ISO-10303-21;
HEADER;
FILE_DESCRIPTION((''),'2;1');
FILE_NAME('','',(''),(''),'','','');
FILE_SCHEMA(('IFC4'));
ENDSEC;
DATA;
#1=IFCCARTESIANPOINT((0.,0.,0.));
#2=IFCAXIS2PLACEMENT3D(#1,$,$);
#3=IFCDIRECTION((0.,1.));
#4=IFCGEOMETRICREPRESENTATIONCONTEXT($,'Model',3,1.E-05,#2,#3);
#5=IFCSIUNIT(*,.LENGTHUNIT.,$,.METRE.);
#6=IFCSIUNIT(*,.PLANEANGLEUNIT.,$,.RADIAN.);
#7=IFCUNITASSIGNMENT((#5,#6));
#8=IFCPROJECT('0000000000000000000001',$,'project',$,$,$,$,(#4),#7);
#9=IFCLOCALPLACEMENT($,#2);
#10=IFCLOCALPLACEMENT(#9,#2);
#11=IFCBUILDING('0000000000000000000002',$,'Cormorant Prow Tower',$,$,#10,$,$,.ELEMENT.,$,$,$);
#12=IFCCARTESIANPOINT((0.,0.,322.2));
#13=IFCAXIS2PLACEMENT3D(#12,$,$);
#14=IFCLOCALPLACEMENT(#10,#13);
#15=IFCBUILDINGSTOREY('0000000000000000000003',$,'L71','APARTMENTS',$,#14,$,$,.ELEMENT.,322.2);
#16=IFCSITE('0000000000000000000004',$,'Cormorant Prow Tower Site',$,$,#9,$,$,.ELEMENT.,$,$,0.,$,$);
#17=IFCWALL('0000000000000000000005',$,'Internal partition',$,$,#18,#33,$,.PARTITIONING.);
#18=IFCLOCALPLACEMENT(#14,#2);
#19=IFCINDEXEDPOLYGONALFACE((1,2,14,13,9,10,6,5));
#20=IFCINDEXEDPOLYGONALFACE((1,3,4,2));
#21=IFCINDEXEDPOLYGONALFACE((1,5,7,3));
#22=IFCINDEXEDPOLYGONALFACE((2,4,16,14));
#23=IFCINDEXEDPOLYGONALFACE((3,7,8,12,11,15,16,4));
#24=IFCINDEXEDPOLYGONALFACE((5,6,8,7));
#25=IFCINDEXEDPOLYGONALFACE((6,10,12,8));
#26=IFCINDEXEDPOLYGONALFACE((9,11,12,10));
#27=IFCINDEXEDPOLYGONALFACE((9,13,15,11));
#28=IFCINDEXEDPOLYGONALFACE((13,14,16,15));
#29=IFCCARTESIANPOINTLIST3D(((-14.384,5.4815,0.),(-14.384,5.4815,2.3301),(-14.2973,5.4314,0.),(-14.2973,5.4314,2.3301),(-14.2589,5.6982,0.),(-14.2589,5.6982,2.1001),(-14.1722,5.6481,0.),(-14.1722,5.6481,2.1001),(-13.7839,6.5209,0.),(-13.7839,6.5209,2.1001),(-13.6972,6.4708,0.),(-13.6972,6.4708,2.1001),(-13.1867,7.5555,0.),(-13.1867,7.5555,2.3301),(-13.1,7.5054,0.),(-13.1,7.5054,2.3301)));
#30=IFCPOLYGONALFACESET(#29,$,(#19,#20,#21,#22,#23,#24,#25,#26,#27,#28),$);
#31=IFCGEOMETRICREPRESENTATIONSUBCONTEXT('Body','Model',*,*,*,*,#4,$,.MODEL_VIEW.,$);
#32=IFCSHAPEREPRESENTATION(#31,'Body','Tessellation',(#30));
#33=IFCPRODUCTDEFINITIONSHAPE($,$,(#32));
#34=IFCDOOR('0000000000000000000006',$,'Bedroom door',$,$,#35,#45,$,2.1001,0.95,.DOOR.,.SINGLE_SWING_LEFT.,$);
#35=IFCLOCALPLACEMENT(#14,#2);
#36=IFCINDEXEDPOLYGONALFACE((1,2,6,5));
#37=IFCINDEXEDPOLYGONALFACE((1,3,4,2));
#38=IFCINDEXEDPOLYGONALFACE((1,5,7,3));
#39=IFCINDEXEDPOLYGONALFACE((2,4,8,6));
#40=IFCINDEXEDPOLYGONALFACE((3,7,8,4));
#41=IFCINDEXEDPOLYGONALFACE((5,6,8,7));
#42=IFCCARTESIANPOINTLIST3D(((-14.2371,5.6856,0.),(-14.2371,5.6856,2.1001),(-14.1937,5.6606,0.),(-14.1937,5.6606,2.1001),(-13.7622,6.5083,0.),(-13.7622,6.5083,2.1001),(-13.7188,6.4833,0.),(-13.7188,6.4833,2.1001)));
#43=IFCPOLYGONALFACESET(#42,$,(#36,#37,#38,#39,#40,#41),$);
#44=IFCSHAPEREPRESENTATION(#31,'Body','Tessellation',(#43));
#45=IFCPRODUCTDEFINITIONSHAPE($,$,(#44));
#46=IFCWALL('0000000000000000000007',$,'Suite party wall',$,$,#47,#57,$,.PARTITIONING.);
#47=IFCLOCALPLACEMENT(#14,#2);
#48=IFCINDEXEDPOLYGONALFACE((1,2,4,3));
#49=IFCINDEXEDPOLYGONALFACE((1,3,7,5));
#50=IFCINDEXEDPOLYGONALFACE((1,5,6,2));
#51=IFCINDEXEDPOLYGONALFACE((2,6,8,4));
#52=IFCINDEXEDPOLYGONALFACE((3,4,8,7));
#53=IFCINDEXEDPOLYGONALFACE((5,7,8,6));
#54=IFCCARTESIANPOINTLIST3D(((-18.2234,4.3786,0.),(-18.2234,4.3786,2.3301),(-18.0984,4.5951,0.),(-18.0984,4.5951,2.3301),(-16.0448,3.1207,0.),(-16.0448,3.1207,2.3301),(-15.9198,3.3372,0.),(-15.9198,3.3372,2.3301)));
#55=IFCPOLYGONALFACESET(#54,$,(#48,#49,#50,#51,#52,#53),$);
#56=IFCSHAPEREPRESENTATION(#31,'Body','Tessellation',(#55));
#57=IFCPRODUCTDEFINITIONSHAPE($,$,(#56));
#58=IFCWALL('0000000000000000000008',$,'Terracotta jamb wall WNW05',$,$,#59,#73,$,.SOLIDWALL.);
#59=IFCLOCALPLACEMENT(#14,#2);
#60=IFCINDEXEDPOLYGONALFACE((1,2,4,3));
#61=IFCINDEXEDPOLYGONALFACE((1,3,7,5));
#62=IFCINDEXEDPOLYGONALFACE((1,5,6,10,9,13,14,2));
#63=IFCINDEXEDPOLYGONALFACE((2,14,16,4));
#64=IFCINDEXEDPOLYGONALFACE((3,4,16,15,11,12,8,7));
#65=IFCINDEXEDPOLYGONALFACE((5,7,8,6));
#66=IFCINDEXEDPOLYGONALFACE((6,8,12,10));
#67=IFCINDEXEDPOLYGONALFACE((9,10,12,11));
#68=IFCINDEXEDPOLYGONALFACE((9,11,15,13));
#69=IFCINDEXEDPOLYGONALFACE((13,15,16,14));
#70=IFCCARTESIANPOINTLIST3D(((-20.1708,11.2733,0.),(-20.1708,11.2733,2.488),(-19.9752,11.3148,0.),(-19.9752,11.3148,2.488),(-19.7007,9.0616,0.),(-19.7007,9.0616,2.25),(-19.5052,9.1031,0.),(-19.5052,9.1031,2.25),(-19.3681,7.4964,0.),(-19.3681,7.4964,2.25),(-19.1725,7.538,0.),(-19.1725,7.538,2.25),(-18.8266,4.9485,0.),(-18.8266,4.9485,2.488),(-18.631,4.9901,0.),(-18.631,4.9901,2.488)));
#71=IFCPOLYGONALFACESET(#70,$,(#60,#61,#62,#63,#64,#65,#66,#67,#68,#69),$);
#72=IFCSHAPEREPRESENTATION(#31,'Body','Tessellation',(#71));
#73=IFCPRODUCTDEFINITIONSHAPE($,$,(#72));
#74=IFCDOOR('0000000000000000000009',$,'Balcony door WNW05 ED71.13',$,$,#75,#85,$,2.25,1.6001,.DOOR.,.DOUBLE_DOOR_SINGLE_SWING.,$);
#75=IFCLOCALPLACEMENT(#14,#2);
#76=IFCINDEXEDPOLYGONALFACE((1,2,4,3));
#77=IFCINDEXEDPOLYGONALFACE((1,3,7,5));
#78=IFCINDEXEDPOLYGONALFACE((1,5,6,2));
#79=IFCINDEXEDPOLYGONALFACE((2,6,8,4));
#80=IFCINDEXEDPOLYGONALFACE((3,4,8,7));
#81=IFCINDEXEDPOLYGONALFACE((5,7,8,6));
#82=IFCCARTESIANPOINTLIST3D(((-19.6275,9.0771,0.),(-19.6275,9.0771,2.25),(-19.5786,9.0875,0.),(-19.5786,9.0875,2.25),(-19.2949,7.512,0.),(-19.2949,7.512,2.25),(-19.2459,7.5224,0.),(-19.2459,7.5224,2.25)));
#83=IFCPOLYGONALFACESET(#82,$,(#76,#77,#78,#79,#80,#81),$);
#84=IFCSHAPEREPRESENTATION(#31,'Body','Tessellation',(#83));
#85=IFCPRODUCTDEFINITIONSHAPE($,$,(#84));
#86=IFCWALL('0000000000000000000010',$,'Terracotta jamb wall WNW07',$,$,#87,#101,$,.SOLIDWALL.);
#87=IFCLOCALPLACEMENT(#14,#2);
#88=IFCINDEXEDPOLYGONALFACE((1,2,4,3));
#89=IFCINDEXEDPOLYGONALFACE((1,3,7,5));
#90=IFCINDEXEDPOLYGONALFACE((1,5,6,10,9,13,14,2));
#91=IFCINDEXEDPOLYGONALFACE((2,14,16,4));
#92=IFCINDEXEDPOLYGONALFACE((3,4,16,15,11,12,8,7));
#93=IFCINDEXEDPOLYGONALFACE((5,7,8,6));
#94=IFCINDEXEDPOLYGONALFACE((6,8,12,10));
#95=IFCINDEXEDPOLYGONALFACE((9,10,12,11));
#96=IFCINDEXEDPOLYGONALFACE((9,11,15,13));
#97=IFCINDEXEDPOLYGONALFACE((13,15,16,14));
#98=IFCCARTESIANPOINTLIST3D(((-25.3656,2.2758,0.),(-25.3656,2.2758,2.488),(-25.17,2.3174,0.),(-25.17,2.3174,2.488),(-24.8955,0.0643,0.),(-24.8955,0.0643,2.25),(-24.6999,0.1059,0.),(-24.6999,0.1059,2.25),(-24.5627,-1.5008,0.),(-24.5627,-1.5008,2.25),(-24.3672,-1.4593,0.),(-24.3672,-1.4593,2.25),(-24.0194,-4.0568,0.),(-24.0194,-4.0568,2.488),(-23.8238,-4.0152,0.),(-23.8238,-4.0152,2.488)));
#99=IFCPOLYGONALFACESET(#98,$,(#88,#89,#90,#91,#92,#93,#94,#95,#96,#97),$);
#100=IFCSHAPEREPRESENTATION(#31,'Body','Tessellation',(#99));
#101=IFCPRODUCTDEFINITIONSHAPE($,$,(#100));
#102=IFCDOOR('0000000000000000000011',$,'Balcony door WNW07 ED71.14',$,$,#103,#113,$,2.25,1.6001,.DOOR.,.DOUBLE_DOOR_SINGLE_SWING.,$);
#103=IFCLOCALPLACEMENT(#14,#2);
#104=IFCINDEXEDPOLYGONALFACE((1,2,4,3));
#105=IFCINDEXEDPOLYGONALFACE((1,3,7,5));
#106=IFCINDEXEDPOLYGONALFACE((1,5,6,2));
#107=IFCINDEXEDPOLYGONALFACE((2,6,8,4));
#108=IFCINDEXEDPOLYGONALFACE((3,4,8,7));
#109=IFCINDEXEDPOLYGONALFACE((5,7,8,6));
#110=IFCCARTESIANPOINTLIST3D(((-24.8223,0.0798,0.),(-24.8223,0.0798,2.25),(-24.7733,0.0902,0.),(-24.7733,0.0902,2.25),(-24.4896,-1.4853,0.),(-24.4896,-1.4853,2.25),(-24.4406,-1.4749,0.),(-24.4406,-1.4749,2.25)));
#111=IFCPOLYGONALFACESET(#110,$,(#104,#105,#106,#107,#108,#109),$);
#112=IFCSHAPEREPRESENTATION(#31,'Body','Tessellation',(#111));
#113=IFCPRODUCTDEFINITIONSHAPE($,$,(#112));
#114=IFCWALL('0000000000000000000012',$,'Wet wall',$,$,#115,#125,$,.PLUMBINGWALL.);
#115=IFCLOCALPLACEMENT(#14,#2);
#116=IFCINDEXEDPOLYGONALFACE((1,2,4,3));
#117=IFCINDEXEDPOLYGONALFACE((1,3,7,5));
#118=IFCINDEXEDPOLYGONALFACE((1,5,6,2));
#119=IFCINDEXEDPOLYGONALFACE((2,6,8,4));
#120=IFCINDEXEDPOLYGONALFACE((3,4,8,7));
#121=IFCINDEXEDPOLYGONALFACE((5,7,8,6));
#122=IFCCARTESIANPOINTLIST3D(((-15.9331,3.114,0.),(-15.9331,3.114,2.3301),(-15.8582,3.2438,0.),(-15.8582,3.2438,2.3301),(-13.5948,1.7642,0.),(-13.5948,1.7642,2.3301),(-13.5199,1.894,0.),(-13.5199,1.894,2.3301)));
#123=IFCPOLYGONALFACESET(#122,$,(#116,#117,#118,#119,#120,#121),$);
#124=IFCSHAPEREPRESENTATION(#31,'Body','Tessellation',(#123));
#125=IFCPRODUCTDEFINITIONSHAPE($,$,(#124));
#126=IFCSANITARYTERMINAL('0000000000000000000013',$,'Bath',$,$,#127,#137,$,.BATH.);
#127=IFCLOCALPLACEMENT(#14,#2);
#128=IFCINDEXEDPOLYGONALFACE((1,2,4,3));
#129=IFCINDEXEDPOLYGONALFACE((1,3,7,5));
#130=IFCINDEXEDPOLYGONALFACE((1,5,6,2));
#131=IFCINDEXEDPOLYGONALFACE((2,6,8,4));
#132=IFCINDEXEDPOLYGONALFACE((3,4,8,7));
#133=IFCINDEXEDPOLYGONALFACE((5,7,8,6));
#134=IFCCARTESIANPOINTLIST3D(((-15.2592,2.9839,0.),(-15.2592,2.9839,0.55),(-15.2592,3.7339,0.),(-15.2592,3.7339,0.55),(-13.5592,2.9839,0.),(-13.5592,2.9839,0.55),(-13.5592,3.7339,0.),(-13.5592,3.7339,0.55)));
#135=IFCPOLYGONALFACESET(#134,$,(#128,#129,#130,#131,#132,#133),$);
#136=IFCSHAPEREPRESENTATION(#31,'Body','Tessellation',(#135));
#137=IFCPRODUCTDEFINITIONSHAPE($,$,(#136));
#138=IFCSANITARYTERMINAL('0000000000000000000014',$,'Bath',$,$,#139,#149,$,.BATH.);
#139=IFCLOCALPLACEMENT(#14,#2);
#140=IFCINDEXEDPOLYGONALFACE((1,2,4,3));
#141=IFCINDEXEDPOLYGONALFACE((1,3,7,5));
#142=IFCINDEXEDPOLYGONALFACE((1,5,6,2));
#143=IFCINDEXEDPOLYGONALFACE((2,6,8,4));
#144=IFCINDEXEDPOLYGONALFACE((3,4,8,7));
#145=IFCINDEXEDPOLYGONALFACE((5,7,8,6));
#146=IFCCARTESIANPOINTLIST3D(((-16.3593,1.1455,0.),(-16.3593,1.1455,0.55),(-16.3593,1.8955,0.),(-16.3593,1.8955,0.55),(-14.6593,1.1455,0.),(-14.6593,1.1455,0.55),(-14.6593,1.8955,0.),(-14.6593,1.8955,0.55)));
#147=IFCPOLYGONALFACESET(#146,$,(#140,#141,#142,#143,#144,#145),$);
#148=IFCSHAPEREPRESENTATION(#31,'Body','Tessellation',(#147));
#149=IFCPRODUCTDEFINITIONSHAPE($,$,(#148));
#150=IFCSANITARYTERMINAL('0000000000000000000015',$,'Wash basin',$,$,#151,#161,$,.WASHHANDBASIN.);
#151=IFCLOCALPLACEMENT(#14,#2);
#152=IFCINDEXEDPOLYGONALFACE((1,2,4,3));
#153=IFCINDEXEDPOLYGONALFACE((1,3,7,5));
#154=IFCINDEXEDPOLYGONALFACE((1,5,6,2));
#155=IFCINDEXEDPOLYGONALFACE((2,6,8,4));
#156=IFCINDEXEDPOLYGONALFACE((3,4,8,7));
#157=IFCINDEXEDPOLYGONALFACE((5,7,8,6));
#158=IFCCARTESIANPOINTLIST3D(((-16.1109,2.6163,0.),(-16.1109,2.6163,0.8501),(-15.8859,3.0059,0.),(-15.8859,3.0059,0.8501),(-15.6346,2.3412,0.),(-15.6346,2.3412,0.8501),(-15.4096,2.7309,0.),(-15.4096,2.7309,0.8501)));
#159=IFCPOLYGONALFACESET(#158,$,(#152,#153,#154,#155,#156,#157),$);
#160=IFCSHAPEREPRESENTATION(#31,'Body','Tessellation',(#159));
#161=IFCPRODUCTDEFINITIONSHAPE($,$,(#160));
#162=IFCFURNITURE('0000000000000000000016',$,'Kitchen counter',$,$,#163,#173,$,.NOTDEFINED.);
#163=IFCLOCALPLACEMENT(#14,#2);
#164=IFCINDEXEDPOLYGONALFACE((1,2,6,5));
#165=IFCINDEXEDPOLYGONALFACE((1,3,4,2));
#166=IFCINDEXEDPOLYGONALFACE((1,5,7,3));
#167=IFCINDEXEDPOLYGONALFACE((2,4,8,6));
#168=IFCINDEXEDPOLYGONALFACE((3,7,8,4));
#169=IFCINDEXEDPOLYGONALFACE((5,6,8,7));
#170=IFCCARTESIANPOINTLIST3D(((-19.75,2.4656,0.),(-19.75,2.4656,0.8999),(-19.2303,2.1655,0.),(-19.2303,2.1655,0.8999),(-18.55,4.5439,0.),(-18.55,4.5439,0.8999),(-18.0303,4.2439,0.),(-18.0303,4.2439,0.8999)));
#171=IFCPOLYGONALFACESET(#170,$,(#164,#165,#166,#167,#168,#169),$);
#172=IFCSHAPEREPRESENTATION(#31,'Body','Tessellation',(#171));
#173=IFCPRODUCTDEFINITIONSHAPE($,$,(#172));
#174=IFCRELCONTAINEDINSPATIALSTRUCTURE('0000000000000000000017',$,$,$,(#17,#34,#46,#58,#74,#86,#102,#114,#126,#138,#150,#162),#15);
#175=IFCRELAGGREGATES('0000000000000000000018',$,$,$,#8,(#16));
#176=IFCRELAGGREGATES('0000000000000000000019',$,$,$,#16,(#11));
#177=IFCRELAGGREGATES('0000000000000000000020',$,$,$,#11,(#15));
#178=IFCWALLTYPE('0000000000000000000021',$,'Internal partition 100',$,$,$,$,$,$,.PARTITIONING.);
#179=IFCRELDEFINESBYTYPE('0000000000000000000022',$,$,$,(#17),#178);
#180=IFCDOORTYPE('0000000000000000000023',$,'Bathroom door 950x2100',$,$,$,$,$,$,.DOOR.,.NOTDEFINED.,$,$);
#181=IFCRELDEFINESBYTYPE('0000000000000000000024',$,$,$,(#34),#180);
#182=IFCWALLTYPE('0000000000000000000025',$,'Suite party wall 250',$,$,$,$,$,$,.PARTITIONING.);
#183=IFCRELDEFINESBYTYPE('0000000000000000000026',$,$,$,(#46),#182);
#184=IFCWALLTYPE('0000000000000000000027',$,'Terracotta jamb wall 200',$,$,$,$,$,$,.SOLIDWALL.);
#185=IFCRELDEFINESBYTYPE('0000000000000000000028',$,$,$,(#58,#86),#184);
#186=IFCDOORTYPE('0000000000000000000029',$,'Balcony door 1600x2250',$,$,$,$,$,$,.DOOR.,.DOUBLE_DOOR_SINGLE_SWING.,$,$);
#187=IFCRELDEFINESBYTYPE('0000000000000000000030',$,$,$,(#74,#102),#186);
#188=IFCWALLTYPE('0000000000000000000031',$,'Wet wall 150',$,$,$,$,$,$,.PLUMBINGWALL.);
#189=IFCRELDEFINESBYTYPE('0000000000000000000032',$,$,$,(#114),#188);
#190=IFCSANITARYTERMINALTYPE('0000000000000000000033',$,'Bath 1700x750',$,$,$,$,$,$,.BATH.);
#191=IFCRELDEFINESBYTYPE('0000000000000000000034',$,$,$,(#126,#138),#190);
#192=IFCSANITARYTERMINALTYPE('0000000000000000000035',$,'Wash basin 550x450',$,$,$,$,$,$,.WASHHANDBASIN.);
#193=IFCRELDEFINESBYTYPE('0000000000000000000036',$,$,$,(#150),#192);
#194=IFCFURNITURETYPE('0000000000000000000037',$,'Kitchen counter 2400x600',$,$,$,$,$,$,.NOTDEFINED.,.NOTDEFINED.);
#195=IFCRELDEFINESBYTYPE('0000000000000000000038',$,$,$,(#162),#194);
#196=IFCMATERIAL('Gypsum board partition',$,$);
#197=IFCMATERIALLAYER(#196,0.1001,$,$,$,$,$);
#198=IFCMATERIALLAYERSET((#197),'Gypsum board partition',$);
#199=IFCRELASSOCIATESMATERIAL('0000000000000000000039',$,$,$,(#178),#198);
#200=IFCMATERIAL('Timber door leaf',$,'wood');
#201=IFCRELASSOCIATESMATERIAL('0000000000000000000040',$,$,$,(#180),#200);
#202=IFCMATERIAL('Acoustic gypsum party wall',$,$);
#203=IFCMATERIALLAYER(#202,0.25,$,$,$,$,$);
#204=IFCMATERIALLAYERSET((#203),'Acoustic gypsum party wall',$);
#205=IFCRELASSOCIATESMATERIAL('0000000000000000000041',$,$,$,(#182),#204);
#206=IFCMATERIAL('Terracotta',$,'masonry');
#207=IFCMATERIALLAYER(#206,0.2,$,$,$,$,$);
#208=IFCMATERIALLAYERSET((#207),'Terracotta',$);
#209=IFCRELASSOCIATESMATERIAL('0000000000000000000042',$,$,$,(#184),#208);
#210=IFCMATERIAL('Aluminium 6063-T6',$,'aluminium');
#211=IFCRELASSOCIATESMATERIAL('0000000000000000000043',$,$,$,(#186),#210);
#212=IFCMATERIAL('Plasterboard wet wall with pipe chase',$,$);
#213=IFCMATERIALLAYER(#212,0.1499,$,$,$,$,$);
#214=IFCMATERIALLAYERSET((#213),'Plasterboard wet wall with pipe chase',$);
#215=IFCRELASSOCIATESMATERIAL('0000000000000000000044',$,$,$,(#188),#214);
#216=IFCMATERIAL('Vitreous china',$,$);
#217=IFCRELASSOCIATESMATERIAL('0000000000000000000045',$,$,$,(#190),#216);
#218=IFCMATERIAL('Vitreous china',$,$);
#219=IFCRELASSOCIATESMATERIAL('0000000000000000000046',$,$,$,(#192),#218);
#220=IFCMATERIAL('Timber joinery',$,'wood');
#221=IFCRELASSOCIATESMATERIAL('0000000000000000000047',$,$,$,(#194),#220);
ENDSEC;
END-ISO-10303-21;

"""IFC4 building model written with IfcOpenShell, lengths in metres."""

from ifc_helpers import new_model, si_unit, direction, frame, frame_2d, origin, origin_2d, place, context, subcontext, project, spatial, rectangle, extrude, material, layer, layer_set, type_object, element, fill, save


model = new_model("IFC4")

# Units and contexts
model_context = context("Model", 3, precision=1e-05, world=origin(), true_north=direction((0.0, 1.0)))
body_context = subcontext(model_context, "Body", "Model", "MODEL_VIEW")
ifc_project = project(units=[si_unit("LENGTHUNIT", "METRE"), si_unit("PLANEANGLEUNIT", "RADIAN")], contexts=[model_context])

# Site, building, storey
site_placement = place(None, origin())
site = spatial("IfcSite", under=ifc_project, at=site_placement, Name="Cormorant Prow Tower Site", CompositionType="ELEMENT", RefElevation=0.0)
building_placement = place(site_placement, origin())
building = spatial("IfcBuilding", under=site, at=building_placement, Name="Cormorant Prow Tower", CompositionType="ELEMENT")
storey_placement = place(building_placement, frame((0.0, 0.0, 322.2)))
storey = spatial("IfcBuildingStorey", under=building, at=storey_placement, Name="L71", Description="APARTMENTS", CompositionType="ELEMENT", Elevation=322.2)

# Shared definitions
ifc_material_1 = material(Name="Gypsum board partition")
ifc_layer_1 = layer(ifc_material_1, 0.1001)
ifc_layer_set_1 = layer_set([ifc_layer_1], Name="Gypsum board partition")
wall_type_1 = type_object("IfcWallType", Name="Internal partition 100", PredefinedType="PARTITIONING", material=ifc_layer_set_1)
ifc_material_2 = material(Name="Timber door leaf", Category="wood")
door_type_1 = type_object("IfcDoorType", Name="Bathroom door 950x2100", OperationType="NOTDEFINED", PredefinedType="DOOR", material=ifc_material_2)

# Wall, opening, door
wall_1_placement = place(storey_placement, frame((-14.3406, 5.4565, 0.0), z_axis=(0.0, 0.0, 1.0), x_axis=(0.499955, 0.866051, 0.0)))
wall_1 = element("IfcWall", 1, at=wall_1_placement, inside=storey, type_object=wall_type_1, Name="Internal partition", PredefinedType="PARTITIONING", context=body_context, shape_type="SweptSolid", body=[
    extrude(rectangle(XDim=2.3948, YDim=0.1001, at=frame_2d((1.1973, 0.0))), origin(), (0.0, 0.0, 1.0), 2.3301),
])
opening_1_placement = place(wall_1_placement, frame((0.25, 0.0, 0.0)))
opening_1 = element("IfcOpeningElement", 2, at=opening_1_placement, cuts=wall_1, PredefinedType="OPENING", context=body_context, shape_type="SweptSolid", body=[
    extrude(rectangle(XDim=0.95, YDim=2.1001, at=frame_2d((0.4751, 1.05))), frame((0.0, 0.0601, 0.0), z_axis=(0.0, -1.0, 0.0), x_axis=(1.0, 0.0, 0.0)), (0.0, 0.0, 1.0), 0.1201),
])
door_1_placement = place(opening_1_placement, origin())
door_1 = element("IfcDoor", 3, at=door_1_placement, inside=storey, type_object=door_type_1, Name="Bedroom door", OperationType="SINGLE_SWING_LEFT", OverallHeight=2.1001, OverallWidth=0.95, PredefinedType="DOOR", context=body_context, shape_type="SweptSolid", body=[
    extrude(rectangle(XDim=0.95, YDim=2.1001, at=frame_2d((0.4751, 1.05))), frame((0.0, 0.0249, 0.0), z_axis=(0.0, -1.0, 0.0), x_axis=(1.0, 0.0, 0.0)), (0.0, 0.0, 1.0), 0.05),
])
fill(opening_1, door_1)

# Wall
ifc_material_3 = material(Name="Acoustic gypsum party wall")
ifc_layer_2 = layer(ifc_material_3, 0.25)
ifc_layer_set_2 = layer_set([ifc_layer_2], Name="Acoustic gypsum party wall")
wall_type_2 = type_object("IfcWallType", Name="Suite party wall 250", PredefinedType="PARTITIONING", material=ifc_layer_set_2)
wall_2_placement = place(storey_placement, frame((-18.1609, 4.4868, 0.0), z_axis=(0.0, 0.0, 1.0), x_axis=(0.866013, -0.500022, 0.0)))
element("IfcWall", 4, at=wall_2_placement, inside=storey, type_object=wall_type_2, Name="Suite party wall", PredefinedType="PARTITIONING", context=body_context, shape_type="SweptSolid", body=[
    extrude(rectangle(XDim=2.5156, YDim=0.25, at=frame_2d((1.2578, 0.0))), origin(), (0.0, 0.0, 1.0), 2.3301),
])

# Walls, openings, doors
ifc_material_4 = material(Name="Terracotta", Category="masonry")
ifc_layer_3 = layer(ifc_material_4, 0.2)
ifc_layer_set_3 = layer_set([ifc_layer_3], Name="Terracotta")
wall_type_3 = type_object("IfcWallType", Name="Terracotta jamb wall 200", PredefinedType="SOLIDWALL", material=ifc_layer_set_3)
wall_3_placement = place(storey_placement, frame((-20.073, 11.2939, 0.0), z_axis=(0.0, 0.0, 1.0), x_axis=(0.207894, -0.978151, 0.0)))
wall_3 = element("IfcWall", 5, at=wall_3_placement, inside=storey, type_object=wall_type_3, Name="Terracotta jamb wall WNW05", PredefinedType="SOLIDWALL", context=body_context, shape_type="SweptSolid", body=[
    extrude(rectangle(XDim=6.4661, YDim=0.2, at=frame_2d((3.2329, 0.0))), origin(), (0.0, 0.0, 1.0), 2.488),
])
opening_2_placement = place(wall_3_placement, frame((2.261, 0.0, 0.0)))
opening_2 = element("IfcOpeningElement", 6, at=opening_2_placement, cuts=wall_3, PredefinedType="OPENING", context=body_context, shape_type="SweptSolid", body=[
    extrude(rectangle(XDim=1.6001, YDim=2.25, at=frame_2d((0.8, 1.125))), frame((0.0, 0.1099, 0.0), z_axis=(0.0, -1.0, 0.0), x_axis=(1.0, 0.0, 0.0)), (0.0, 0.0, 1.0), 0.22),
])
ifc_material_5 = material(Name="Aluminium 6063-T6", Category="aluminium")
door_type_2 = type_object("IfcDoorType", Name="Balcony door 1600x2250", OperationType="DOUBLE_DOOR_SINGLE_SWING", PredefinedType="DOOR", material=ifc_material_5)
door_2_placement = place(opening_2_placement, origin())
door_2 = element("IfcDoor", 7, at=door_2_placement, inside=storey, type_object=door_type_2, Name="Balcony door WNW05 ED71.13", OperationType="DOUBLE_DOOR_SINGLE_SWING", OverallHeight=2.25, OverallWidth=1.6001, PredefinedType="DOOR", context=body_context, shape_type="SweptSolid", body=[
    extrude(rectangle(XDim=1.6001, YDim=2.25, at=frame_2d((0.8, 1.125))), frame((0.0, 0.0249, 0.0), z_axis=(0.0, -1.0, 0.0), x_axis=(1.0, 0.0, 0.0)), (0.0, 0.0, 1.0), 0.05),
])
fill(opening_2, door_2)
wall_4_placement = place(storey_placement, frame((-25.2678, 2.2966, 0.0), z_axis=(0.0, 0.0, 1.0), x_axis=(0.207937, -0.978142, 0.0)))
wall_4 = element("IfcWall", 8, at=wall_4_placement, inside=storey, type_object=wall_type_3, Name="Terracotta jamb wall WNW07", PredefinedType="SOLIDWALL", context=body_context, shape_type="SweptSolid", body=[
    extrude(rectangle(XDim=6.4741, YDim=0.2, at=frame_2d((3.2371, 0.0))), origin(), (0.0, 0.0, 1.0), 2.488),
])
opening_3_placement = place(wall_4_placement, frame((2.261, 0.0, 0.0)))
opening_3 = element("IfcOpeningElement", 9, at=opening_3_placement, cuts=wall_4, PredefinedType="OPENING", context=body_context, shape_type="SweptSolid", body=[
    extrude(rectangle(XDim=1.6001, YDim=2.25, at=frame_2d((0.8, 1.125))), frame((0.0, 0.1099, 0.0), z_axis=(0.0, -1.0, 0.0), x_axis=(1.0, 0.0, 0.0)), (0.0, 0.0, 1.0), 0.22),
])
door_3_placement = place(opening_3_placement, origin())
door_3 = element("IfcDoor", 10, at=door_3_placement, inside=storey, type_object=door_type_2, Name="Balcony door WNW07 ED71.14", OperationType="DOUBLE_DOOR_SINGLE_SWING", OverallHeight=2.25, OverallWidth=1.6001, PredefinedType="DOOR", context=body_context, shape_type="SweptSolid", body=[
    extrude(rectangle(XDim=1.6001, YDim=2.25, at=frame_2d((0.8, 1.125))), frame((0.0, 0.0249, 0.0), z_axis=(0.0, -1.0, 0.0), x_axis=(1.0, 0.0, 0.0)), (0.0, 0.0, 1.0), 0.05),
])
fill(opening_3, door_3)

# Wall
ifc_material_6 = material(Name="Plasterboard wet wall with pipe chase")
ifc_layer_4 = layer(ifc_material_6, 0.1499)
ifc_layer_set_4 = layer_set([ifc_layer_4], Name="Plasterboard wet wall with pipe chase")
wall_type_4 = type_object("IfcWallType", Name="Wet wall 150", PredefinedType="PLUMBINGWALL", material=ifc_layer_set_4)
wall_5_placement = place(storey_placement, frame((-15.8958, 3.179, 0.0), z_axis=(0.0, 0.0, 1.0), x_axis=(0.866059, -0.499942, 0.0)))
element("IfcWall", 11, at=wall_5_placement, inside=storey, type_object=wall_type_4, Name="Wet wall", PredefinedType="PLUMBINGWALL", context=body_context, shape_type="SweptSolid", body=[
    extrude(rectangle(XDim=2.7, YDim=0.1499, at=frame_2d((1.3501, 0.0))), origin(), (0.0, 0.0, 1.0), 2.3301),
])

# Sanitary terminals
ifc_material_7 = material(Name="Vitreous china")
sanitary_terminal_type_1 = type_object("IfcSanitaryTerminalType", Name="Bath 1700x750", PredefinedType="BATH", material=ifc_material_7)
for number, where, z_axis, x_axis, name in (
    (12, (-14.4092, 3.3589, 0.0), (0.0, 0.0, 1.0), (1.0, 0.0, 0.0), "Bath"),
    (13, (-15.5093, 1.5205, 0.0), (0.0, 0.0, 1.0), (1.0, 0.0, 0.0), "Bath"),
):
    element("IfcSanitaryTerminal", number, at=place(storey_placement, frame(where, z_axis=z_axis, x_axis=x_axis)), inside=storey, type_object=sanitary_terminal_type_1, Name=name, PredefinedType="BATH", context=body_context, shape_type="SweptSolid", body=[
        extrude(rectangle(XDim=1.7, YDim=0.75, at=origin_2d()), origin(), (0.0, 0.0, 1.0), 0.55),
    ])
ifc_material_8 = material(Name="Vitreous china")
sanitary_terminal_type_2 = type_object("IfcSanitaryTerminalType", Name="Wash basin 550x450", PredefinedType="WASHHANDBASIN", material=ifc_material_8)
sanitary_terminal_placement = place(storey_placement, frame((-15.7603, 2.6736, 0.0), z_axis=(0.0, 0.0, 1.0), x_axis=(0.866025, -0.5, 0.0)))
element("IfcSanitaryTerminal", 14, at=sanitary_terminal_placement, inside=storey, type_object=sanitary_terminal_type_2, Name="Wash basin", PredefinedType="WASHHANDBASIN", context=body_context, shape_type="SweptSolid", body=[
    extrude(rectangle(XDim=0.55, YDim=0.45, at=origin_2d()), origin(), (0.0, 0.0, 1.0), 0.8501),
])

# Furniture
ifc_material_9 = material(Name="Timber joinery", Category="wood")
furniture_type = type_object("IfcFurnitureType", Name="Kitchen counter 2400x600", AssemblyPlace="NOTDEFINED", PredefinedType="NOTDEFINED", material=ifc_material_9)
furniture_placement = place(storey_placement, frame((-18.8901, 3.3547, 0.0), z_axis=(0.0, 0.0, 1.0), x_axis=(-0.5, -0.866025, 0.0)))
element("IfcFurniture", 15, at=furniture_placement, inside=storey, type_object=furniture_type, Name="Kitchen counter", PredefinedType="NOTDEFINED", context=body_context, shape_type="SweptSolid", body=[
    extrude(rectangle(XDim=2.3999, YDim=0.6001, at=origin_2d()), origin(), (0.0, 0.0, 1.0), 0.8999),
])

save(model, "model.ifc")
